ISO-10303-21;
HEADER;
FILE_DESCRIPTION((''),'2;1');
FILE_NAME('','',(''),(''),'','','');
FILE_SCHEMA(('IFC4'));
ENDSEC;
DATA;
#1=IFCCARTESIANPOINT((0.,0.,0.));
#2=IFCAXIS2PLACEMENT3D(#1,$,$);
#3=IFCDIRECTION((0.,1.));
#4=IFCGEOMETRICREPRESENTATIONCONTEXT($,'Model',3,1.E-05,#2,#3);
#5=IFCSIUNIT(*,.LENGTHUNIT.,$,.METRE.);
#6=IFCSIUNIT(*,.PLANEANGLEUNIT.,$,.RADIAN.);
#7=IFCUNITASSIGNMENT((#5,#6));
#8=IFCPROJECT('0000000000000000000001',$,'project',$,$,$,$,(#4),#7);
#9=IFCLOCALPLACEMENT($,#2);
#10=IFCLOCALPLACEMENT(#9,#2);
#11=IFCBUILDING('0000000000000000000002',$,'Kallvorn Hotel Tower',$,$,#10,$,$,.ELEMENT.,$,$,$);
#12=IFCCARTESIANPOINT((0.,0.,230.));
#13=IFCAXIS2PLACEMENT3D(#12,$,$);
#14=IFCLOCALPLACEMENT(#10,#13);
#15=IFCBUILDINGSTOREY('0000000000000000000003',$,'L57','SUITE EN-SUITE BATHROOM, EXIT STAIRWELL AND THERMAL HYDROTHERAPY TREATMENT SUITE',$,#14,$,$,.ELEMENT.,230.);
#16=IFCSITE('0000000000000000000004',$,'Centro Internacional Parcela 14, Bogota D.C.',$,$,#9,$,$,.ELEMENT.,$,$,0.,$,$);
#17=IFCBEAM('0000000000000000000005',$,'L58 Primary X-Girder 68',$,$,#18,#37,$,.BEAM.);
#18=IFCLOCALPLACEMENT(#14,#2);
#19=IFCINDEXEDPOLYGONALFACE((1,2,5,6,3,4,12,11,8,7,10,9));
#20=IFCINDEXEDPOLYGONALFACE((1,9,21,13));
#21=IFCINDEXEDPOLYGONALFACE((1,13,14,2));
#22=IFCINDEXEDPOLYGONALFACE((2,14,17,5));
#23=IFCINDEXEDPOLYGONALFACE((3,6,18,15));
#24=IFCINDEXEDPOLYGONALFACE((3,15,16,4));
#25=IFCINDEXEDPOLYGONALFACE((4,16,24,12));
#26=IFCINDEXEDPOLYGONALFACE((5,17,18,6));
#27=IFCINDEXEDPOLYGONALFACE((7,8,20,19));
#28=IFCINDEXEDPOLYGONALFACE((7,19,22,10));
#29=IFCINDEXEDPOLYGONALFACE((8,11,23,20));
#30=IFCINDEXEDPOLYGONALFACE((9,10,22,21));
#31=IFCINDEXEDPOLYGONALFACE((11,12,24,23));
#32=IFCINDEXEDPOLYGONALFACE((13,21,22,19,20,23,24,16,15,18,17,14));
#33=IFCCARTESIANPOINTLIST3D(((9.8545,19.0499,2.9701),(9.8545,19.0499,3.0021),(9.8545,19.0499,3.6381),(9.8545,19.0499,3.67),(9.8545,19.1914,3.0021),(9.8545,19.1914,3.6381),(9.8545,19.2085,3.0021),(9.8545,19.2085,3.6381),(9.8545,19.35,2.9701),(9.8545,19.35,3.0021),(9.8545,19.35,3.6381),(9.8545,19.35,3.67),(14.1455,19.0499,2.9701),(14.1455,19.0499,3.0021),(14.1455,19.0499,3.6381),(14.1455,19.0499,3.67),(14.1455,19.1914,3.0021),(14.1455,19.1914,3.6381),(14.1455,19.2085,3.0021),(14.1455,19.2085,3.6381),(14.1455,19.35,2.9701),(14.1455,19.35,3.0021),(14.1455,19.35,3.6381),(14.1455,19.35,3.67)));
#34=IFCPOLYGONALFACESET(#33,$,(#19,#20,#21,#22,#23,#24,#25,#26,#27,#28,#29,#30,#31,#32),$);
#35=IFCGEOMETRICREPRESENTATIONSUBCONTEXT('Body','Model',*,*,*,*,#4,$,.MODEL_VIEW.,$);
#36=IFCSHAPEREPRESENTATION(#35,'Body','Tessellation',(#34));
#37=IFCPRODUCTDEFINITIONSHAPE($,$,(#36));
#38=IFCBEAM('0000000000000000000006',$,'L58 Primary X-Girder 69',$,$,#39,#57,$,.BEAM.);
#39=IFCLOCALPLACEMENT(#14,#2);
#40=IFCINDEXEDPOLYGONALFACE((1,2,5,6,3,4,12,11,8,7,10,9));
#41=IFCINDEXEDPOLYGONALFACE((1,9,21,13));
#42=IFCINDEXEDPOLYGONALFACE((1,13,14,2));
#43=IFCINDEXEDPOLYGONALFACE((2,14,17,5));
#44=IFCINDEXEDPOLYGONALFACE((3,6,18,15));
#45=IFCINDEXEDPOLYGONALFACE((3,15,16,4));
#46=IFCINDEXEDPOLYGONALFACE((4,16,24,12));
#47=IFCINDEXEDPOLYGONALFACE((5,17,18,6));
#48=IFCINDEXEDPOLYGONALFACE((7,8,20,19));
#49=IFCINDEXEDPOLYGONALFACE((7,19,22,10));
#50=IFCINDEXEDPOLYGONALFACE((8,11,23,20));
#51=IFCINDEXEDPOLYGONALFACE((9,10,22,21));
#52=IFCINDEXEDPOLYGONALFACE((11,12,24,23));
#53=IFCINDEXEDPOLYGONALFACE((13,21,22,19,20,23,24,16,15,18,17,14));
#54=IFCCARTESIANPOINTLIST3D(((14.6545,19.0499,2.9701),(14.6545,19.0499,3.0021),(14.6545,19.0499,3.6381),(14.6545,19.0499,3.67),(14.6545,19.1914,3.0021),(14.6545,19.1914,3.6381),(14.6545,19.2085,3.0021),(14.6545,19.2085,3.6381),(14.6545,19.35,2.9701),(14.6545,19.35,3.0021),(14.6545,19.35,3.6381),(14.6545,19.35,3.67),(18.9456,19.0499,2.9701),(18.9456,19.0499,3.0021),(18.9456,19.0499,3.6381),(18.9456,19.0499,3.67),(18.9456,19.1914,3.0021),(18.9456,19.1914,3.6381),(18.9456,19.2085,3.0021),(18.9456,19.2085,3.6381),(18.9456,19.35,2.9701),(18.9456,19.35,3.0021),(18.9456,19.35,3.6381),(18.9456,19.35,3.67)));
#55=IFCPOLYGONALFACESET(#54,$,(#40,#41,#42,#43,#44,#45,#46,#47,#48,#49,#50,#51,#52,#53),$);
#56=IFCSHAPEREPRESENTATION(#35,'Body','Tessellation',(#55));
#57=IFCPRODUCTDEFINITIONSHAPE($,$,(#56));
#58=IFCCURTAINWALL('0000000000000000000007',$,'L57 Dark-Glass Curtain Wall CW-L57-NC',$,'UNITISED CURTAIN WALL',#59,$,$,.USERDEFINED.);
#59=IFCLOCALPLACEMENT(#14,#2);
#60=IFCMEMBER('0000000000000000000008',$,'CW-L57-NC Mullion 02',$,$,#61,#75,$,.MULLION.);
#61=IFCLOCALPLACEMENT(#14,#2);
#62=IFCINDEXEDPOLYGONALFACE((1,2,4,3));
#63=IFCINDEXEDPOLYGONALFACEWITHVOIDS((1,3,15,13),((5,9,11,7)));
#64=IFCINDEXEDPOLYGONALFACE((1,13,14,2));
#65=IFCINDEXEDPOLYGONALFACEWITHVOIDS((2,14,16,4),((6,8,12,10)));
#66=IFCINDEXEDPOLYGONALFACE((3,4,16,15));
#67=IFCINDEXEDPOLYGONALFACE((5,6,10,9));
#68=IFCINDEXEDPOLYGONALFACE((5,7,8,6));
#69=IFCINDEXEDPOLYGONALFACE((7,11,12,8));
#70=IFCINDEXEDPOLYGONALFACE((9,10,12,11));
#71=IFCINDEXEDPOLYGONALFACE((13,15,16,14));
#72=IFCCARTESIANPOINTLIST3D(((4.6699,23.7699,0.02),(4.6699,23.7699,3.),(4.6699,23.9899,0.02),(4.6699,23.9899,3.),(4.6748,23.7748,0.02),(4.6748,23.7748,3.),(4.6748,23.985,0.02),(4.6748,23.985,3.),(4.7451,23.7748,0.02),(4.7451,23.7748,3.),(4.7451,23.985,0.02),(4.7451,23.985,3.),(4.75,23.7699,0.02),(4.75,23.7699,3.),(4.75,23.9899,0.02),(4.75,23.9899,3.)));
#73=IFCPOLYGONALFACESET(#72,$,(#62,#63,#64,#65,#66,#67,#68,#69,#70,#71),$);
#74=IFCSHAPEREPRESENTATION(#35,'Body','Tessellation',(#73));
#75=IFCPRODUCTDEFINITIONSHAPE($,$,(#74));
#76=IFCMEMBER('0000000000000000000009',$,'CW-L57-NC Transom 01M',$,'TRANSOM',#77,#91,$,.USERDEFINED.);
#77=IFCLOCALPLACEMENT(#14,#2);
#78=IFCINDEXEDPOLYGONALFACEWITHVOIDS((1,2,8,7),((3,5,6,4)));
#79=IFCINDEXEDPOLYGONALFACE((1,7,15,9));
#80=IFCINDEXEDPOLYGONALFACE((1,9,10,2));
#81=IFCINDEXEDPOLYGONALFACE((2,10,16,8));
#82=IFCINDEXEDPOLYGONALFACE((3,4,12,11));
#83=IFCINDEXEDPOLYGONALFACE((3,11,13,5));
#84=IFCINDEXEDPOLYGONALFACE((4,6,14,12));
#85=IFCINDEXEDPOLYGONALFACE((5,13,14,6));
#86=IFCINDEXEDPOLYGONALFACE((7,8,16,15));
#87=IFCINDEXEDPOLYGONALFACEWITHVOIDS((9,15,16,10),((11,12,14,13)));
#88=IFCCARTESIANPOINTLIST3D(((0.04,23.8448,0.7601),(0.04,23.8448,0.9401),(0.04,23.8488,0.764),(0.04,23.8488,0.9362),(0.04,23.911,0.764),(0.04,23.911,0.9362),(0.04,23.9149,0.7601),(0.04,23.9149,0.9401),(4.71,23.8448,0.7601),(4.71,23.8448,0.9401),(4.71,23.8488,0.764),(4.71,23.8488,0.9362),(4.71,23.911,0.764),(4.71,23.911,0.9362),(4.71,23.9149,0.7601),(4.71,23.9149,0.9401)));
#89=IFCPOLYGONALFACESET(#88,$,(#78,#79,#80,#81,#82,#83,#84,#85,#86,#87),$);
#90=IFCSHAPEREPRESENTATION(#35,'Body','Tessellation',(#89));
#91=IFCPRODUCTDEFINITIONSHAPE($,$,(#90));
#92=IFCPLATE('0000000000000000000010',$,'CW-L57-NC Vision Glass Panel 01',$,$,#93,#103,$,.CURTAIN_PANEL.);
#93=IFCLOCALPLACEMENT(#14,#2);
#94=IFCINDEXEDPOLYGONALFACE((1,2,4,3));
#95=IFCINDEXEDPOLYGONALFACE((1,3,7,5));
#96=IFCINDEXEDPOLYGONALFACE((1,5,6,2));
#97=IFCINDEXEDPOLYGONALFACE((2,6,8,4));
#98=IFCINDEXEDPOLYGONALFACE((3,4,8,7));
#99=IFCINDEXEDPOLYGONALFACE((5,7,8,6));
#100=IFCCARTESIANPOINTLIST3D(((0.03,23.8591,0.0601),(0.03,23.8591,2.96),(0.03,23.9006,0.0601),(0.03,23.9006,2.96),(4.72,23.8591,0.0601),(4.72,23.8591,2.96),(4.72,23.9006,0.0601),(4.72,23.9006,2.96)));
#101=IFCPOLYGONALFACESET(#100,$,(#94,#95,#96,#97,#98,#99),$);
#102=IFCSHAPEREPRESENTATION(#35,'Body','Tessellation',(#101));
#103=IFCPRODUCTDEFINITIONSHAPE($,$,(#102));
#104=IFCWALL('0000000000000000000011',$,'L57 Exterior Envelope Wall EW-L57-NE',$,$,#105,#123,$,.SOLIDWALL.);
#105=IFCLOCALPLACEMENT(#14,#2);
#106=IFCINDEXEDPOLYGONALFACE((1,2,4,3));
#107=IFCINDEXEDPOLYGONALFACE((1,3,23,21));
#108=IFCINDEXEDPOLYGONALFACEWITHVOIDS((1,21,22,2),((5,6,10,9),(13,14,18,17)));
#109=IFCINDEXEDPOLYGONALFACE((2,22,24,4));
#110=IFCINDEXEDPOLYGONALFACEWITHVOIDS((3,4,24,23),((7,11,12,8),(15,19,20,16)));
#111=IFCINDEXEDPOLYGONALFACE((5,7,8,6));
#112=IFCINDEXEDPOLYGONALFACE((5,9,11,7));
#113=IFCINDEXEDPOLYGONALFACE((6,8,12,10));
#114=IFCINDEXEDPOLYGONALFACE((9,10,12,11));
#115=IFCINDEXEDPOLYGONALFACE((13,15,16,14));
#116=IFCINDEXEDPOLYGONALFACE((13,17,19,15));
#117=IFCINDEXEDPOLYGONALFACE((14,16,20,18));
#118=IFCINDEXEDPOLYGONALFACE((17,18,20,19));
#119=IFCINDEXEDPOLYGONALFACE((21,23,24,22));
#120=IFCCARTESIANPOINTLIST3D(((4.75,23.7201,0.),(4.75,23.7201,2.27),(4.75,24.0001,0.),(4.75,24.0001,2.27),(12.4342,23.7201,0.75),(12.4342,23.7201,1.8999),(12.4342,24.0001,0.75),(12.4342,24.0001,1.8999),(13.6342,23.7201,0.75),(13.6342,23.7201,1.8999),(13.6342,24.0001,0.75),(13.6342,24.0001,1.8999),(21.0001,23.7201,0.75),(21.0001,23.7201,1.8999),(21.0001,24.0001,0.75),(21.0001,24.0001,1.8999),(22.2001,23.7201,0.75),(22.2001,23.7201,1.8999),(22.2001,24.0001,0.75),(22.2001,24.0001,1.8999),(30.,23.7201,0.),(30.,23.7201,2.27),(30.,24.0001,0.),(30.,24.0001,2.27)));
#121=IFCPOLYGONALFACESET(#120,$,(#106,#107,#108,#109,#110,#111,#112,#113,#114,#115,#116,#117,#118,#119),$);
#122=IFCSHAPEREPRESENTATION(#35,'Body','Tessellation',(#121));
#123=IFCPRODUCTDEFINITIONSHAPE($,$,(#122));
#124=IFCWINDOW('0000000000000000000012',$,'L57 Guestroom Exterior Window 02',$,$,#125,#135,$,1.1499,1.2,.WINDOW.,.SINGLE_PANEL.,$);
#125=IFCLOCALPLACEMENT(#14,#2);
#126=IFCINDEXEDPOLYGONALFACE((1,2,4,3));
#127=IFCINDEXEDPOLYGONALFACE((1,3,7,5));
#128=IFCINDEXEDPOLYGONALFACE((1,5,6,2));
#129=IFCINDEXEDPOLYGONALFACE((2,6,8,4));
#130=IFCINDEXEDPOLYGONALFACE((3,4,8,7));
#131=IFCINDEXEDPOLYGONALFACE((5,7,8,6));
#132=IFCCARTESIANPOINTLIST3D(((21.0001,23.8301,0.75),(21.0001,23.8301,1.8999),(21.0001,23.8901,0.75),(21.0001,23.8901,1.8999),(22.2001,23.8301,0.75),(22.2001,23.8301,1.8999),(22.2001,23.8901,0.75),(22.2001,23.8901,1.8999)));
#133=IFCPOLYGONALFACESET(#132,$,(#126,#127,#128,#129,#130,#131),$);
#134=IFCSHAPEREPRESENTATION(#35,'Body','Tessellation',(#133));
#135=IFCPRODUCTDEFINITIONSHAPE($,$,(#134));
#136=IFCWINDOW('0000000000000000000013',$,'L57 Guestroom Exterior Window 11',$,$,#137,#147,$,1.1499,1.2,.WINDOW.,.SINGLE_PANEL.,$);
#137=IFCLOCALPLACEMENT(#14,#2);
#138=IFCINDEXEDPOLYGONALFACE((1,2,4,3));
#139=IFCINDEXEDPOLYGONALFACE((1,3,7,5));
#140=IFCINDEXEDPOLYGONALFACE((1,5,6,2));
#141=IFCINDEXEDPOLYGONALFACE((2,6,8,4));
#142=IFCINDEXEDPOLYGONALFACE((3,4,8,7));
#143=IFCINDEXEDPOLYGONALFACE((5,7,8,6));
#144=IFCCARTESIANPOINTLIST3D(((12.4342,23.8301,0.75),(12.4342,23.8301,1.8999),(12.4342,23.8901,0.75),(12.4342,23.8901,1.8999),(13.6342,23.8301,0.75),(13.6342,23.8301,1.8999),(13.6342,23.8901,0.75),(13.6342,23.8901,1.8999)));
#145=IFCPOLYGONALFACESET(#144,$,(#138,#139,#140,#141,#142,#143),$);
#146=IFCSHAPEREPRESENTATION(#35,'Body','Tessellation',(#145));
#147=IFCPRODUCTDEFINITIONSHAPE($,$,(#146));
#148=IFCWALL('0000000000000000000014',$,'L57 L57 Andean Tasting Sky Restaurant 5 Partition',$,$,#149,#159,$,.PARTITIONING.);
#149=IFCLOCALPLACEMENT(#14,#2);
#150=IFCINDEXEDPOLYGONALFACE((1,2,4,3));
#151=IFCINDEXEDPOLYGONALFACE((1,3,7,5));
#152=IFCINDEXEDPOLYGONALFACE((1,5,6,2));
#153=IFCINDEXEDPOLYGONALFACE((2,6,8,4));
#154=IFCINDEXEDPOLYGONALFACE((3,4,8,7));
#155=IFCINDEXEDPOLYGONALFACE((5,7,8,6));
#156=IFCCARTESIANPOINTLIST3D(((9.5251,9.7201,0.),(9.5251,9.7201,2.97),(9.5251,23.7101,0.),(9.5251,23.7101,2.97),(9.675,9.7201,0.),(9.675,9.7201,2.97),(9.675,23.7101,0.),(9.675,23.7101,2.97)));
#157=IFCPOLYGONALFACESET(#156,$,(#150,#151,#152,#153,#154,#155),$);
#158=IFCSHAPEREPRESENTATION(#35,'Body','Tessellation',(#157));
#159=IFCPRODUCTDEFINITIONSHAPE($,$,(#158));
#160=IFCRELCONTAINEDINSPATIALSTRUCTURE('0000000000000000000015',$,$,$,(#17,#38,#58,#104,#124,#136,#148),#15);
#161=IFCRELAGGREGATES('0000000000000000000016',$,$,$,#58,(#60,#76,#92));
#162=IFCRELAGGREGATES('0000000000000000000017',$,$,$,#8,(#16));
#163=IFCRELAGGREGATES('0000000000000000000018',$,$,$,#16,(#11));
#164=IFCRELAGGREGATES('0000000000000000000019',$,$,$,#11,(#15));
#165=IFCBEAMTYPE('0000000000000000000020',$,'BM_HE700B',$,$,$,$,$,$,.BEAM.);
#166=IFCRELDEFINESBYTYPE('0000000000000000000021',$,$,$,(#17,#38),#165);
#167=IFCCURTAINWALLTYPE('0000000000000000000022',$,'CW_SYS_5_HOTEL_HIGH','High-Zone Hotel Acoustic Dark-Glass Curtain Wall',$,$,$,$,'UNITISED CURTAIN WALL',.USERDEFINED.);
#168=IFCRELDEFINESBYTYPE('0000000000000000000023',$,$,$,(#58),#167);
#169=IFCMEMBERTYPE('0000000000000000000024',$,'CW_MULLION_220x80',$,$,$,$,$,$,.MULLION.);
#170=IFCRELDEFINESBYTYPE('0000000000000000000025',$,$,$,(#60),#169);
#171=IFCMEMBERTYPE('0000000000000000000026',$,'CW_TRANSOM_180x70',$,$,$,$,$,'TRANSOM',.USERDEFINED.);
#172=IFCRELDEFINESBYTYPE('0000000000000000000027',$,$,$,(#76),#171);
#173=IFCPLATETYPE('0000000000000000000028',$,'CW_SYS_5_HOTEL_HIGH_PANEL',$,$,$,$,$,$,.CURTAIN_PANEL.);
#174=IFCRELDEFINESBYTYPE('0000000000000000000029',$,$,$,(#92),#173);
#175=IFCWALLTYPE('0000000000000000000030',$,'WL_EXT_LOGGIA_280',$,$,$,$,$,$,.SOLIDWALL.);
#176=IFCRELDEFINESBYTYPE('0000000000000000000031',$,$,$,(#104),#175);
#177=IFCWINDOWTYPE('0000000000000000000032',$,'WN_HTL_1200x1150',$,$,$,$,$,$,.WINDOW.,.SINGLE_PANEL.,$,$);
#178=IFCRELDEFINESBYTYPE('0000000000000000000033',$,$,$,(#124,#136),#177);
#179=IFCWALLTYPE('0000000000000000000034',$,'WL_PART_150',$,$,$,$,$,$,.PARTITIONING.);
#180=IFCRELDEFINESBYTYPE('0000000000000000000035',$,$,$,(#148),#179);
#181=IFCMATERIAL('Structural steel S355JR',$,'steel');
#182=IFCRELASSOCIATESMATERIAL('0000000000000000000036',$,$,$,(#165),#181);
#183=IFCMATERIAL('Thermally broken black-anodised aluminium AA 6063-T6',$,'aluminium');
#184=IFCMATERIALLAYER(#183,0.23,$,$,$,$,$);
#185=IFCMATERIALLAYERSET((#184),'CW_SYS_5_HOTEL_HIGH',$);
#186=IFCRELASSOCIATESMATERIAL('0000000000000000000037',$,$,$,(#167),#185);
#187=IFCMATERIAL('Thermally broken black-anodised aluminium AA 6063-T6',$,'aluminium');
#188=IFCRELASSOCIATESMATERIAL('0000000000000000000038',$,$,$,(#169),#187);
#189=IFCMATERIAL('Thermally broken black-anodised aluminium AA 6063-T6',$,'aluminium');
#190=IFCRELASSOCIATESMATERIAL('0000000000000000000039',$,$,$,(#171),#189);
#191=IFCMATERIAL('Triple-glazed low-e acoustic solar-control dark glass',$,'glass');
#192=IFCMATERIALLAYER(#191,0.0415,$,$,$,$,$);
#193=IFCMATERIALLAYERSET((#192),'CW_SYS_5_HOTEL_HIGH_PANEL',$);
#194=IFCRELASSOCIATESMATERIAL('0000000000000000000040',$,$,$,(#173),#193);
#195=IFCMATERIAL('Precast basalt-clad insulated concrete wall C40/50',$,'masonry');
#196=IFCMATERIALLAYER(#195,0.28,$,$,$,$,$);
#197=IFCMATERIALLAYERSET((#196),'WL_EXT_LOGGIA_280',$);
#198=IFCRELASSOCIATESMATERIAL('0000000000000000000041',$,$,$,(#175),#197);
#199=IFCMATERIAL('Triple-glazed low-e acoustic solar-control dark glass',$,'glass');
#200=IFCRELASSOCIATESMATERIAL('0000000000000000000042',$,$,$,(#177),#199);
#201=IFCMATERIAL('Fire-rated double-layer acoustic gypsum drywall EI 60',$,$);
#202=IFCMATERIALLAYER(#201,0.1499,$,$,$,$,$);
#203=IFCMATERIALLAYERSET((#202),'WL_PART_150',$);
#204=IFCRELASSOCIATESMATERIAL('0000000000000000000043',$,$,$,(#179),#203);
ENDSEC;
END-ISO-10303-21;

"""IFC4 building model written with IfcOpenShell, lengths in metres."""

from ifc_helpers import new_model, si_unit, direction, frame, frame_2d, origin, origin_2d, place, context, subcontext, project, spatial, rectangle, hollow_rectangle, i_section, extrude, material, layer, layer_set, material_profile, profile_set, type_object, element, fill, aggregate, save


model = new_model("IFC4")

# Units and contexts
model_context = context("Model", 3, precision=1e-05, world=origin(), true_north=direction((0.0, 1.0)))
body_context = subcontext(model_context, "Body", "Model", "MODEL_VIEW")
ifc_project = project(units=[si_unit("LENGTHUNIT", "METRE"), si_unit("PLANEANGLEUNIT", "RADIAN")], contexts=[model_context])

# Site, building, storey
site_placement = place(None, origin())
site = spatial("IfcSite", under=ifc_project, at=site_placement, Name="Centro Internacional Parcela 14, Bogota D.C.", CompositionType="ELEMENT", RefElevation=0.0)
building_placement = place(site_placement, origin())
building = spatial("IfcBuilding", under=site, at=building_placement, Name="Kallvorn Hotel Tower", CompositionType="ELEMENT")
storey_placement = place(building_placement, frame((0.0, 0.0, 230.0)))
storey = spatial("IfcBuildingStorey", under=building, at=storey_placement, Name="L57", Description="SUITE EN-SUITE BATHROOM, EXIT STAIRWELL AND THERMAL HYDROTHERAPY TREATMENT SUITE", CompositionType="ELEMENT", Elevation=230.0)

# Beams
ifc_material_1 = material(Name="Structural steel S355JR", Category="steel")
ifc_material_profile_1 = material_profile(ifc_material_1, i_section(OverallWidth=0.3, OverallDepth=0.7, WebThickness=0.0171, FlangeThickness=0.032, at=origin_2d()), Name="HE 700 B")
ifc_profile_set_1 = profile_set([ifc_material_profile_1], Name="Structural steel S355JR")
beam_type_1 = type_object("IfcBeamType", Name="BM_HE700B", PredefinedType="BEAM", material=ifc_profile_set_1)
for number, where, z_axis, x_axis, name in (
    (1, (9.8545, 19.2, 3.3201), (1.0, 0.0, 0.0), (0.0, 1.0, 0.0), "L58 Primary X-Girder 68"),
    (2, (14.6545, 19.2, 3.3201), (1.0, 0.0, 0.0), (0.0, 1.0, 0.0), "L58 Primary X-Girder 69"),
):
    element("IfcBeam", number, at=place(storey_placement, frame(where, z_axis=z_axis, x_axis=x_axis)), inside=storey, type_object=beam_type_1, Name=name, PredefinedType="BEAM", context=body_context, shape_type="SweptSolid", body=[
        extrude(i_section(OverallWidth=0.3, OverallDepth=0.7, WebThickness=0.0171, FlangeThickness=0.032, at=origin_2d()), origin(), (0.0, 0.0, 1.0), 4.291),
    ])

# Curtain wall, members, plate
ifc_material_2 = material(Name="Thermally broken black-anodised aluminium AA 6063-T6", Category="aluminium")
ifc_layer_1 = layer(ifc_material_2, 0.23)
ifc_layer_set_1 = layer_set([ifc_layer_1], Name="CW_SYS_5_HOTEL_HIGH")
curtain_wall_type = type_object("IfcCurtainWallType", Name="CW_SYS_5_HOTEL_HIGH", Description="High-Zone Hotel Acoustic Dark-Glass Curtain Wall", ElementType="UNITISED CURTAIN WALL", PredefinedType="USERDEFINED", material=ifc_layer_set_1)
curtain_wall_placement = place(storey_placement, origin())
curtain_wall = element("IfcCurtainWall", 3, at=curtain_wall_placement, inside=storey, type_object=curtain_wall_type, Name="L57 Dark-Glass Curtain Wall CW-L57-NC", ObjectType="UNITISED CURTAIN WALL", PredefinedType="USERDEFINED")
ifc_material_3 = material(Name="Thermally broken black-anodised aluminium AA 6063-T6", Category="aluminium")
ifc_material_profile_2 = material_profile(ifc_material_3, hollow_rectangle(XDim=0.0801, YDim=0.22, WallThickness=0.0049, at=origin_2d()), Name="MUL 220x80")
ifc_profile_set_2 = profile_set([ifc_material_profile_2], Name="Thermally broken black-anodised aluminium AA 6063-T6")
member_type_1 = type_object("IfcMemberType", Name="CW_MULLION_220x80", PredefinedType="MULLION", material=ifc_profile_set_2)
member_1_placement = place(storey_placement, frame((4.71, 23.8799, 0.02), z_axis=(0.0, 0.0, 1.0), x_axis=(1.0, 0.0, 0.0)))
member_1 = element("IfcMember", 4, at=member_1_placement, type_object=member_type_1, Name="CW-L57-NC Mullion 02", PredefinedType="MULLION", context=body_context, shape_type="SweptSolid", body=[
    extrude(hollow_rectangle(XDim=0.0801, YDim=0.22, WallThickness=0.0049, at=origin_2d()), origin(), (0.0, 0.0, 1.0), 2.98),
])
ifc_material_4 = material(Name="Thermally broken black-anodised aluminium AA 6063-T6", Category="aluminium")
ifc_material_profile_3 = material_profile(ifc_material_4, hollow_rectangle(XDim=0.0701, YDim=0.1799, WallThickness=0.0039, at=origin_2d()), Name="TRN 180x70")
ifc_profile_set_3 = profile_set([ifc_material_profile_3], Name="Thermally broken black-anodised aluminium AA 6063-T6")
member_type_2 = type_object("IfcMemberType", Name="CW_TRANSOM_180x70", ElementType="TRANSOM", PredefinedType="USERDEFINED", material=ifc_profile_set_3)
member_2_placement = place(storey_placement, frame((0.04, 23.8799, 0.8501), z_axis=(1.0, 0.0, 0.0), x_axis=(0.0, 1.0, 0.0)))
member_2 = element("IfcMember", 5, at=member_2_placement, type_object=member_type_2, Name="CW-L57-NC Transom 01M", ObjectType="TRANSOM", PredefinedType="USERDEFINED", context=body_context, shape_type="SweptSolid", body=[
    extrude(hollow_rectangle(XDim=0.0701, YDim=0.1799, WallThickness=0.0039, at=origin_2d()), origin(), (0.0, 0.0, 1.0), 4.6699),
])
ifc_material_5 = material(Name="Triple-glazed low-e acoustic solar-control dark glass", Category="glass")
ifc_layer_2 = layer(ifc_material_5, 0.0415)
ifc_layer_set_2 = layer_set([ifc_layer_2], Name="CW_SYS_5_HOTEL_HIGH_PANEL")
plate_type = type_object("IfcPlateType", Name="CW_SYS_5_HOTEL_HIGH_PANEL", PredefinedType="CURTAIN_PANEL", material=ifc_layer_set_2)
plate_placement = place(storey_placement, frame((2.375, 23.8799, 0.0601), z_axis=(0.0, 0.0, 1.0), x_axis=(1.0, 0.0, 0.0)))
plate = element("IfcPlate", 6, at=plate_placement, type_object=plate_type, Name="CW-L57-NC Vision Glass Panel 01", PredefinedType="CURTAIN_PANEL", context=body_context, shape_type="SweptSolid", body=[
    extrude(rectangle(XDim=4.6899, YDim=0.0415, at=origin_2d()), origin(), (0.0, 0.0, 1.0), 2.8999),
])
aggregate(curtain_wall, [member_1, member_2, plate])

# Wall, openings, windows
ifc_material_6 = material(Name="Precast basalt-clad insulated concrete wall C40/50", Category="masonry")
ifc_layer_3 = layer(ifc_material_6, 0.28)
ifc_layer_set_3 = layer_set([ifc_layer_3], Name="WL_EXT_LOGGIA_280")
wall_type_1 = type_object("IfcWallType", Name="WL_EXT_LOGGIA_280", PredefinedType="SOLIDWALL", material=ifc_layer_set_3)
wall_1_placement = place(storey_placement, frame((4.75, 23.8601, 0.0), z_axis=(0.0, 0.0, 1.0), x_axis=(1.0, 0.0, 0.0)))
wall_1 = element("IfcWall", 7, at=wall_1_placement, inside=storey, type_object=wall_type_1, Name="L57 Exterior Envelope Wall EW-L57-NE", PredefinedType="SOLIDWALL", context=body_context, shape_type="SweptSolid", body=[
    extrude(rectangle(XDim=25.25, YDim=0.28, at=frame_2d((12.625, 0.0))), origin(), (0.0, 0.0, 1.0), 2.27),
])
opening_1_placement = place(wall_1_placement, frame((16.25, 0.0, 0.75)))
opening_1 = element("IfcOpeningElement", 8, at=opening_1_placement, cuts=wall_1, PredefinedType="OPENING", context=body_context, shape_type="SweptSolid", body=[
    extrude(rectangle(XDim=1.2, YDim=1.1499, at=frame_2d((0.6001, 0.575))), frame((0.0, 0.155, 0.0), z_axis=(0.0, -1.0, 0.0), x_axis=(1.0, 0.0, 0.0)), (0.0, 0.0, 1.0), 0.3101),
])
opening_2_placement = place(wall_1_placement, frame((7.6841, 0.0, 0.75)))
opening_2 = element("IfcOpeningElement", 9, at=opening_2_placement, cuts=wall_1, PredefinedType="OPENING", context=body_context, shape_type="SweptSolid", body=[
    extrude(rectangle(XDim=1.2, YDim=1.1499, at=frame_2d((0.6001, 0.575))), frame((0.0, 0.155, 0.0), z_axis=(0.0, -1.0, 0.0), x_axis=(1.0, 0.0, 0.0)), (0.0, 0.0, 1.0), 0.3101),
])
ifc_material_7 = material(Name="Triple-glazed low-e acoustic solar-control dark glass", Category="glass")
window_type = type_object("IfcWindowType", Name="WN_HTL_1200x1150", PartitioningType="SINGLE_PANEL", PredefinedType="WINDOW", material=ifc_material_7)
window_1_placement = place(opening_1_placement, origin())
window_1 = element("IfcWindow", 10, at=window_1_placement, inside=storey, type_object=window_type, Name="L57 Guestroom Exterior Window 02", OverallHeight=1.1499, OverallWidth=1.2, PartitioningType="SINGLE_PANEL", PredefinedType="WINDOW", context=body_context, shape_type="SweptSolid", body=[
    extrude(rectangle(XDim=1.2, YDim=1.1499, at=frame_2d((0.6001, 0.575))), frame((0.0, 0.03, 0.0), z_axis=(0.0, -1.0, 0.0), x_axis=(1.0, 0.0, 0.0)), (0.0, 0.0, 1.0), 0.0601),
])
fill(opening_1, window_1)
window_2_placement = place(opening_2_placement, origin())
window_2 = element("IfcWindow", 11, at=window_2_placement, inside=storey, type_object=window_type, Name="L57 Guestroom Exterior Window 11", OverallHeight=1.1499, OverallWidth=1.2, PartitioningType="SINGLE_PANEL", PredefinedType="WINDOW", context=body_context, shape_type="SweptSolid", body=[
    extrude(rectangle(XDim=1.2, YDim=1.1499, at=frame_2d((0.6001, 0.575))), frame((0.0, 0.03, 0.0), z_axis=(0.0, -1.0, 0.0), x_axis=(1.0, 0.0, 0.0)), (0.0, 0.0, 1.0), 0.0601),
])
fill(opening_2, window_2)

# Wall
ifc_material_8 = material(Name="Fire-rated double-layer acoustic gypsum drywall EI 60")
ifc_layer_4 = layer(ifc_material_8, 0.1499)
ifc_layer_set_4 = layer_set([ifc_layer_4], Name="WL_PART_150")
wall_type_2 = type_object("IfcWallType", Name="WL_PART_150", PredefinedType="PARTITIONING", material=ifc_layer_set_4)
wall_2_placement = place(storey_placement, frame((9.6001, 9.72, 0.0), z_axis=(0.0, 0.0, 1.0), x_axis=(0.0, 1.0, 0.0)))
element("IfcWall", 12, at=wall_2_placement, inside=storey, type_object=wall_type_2, Name="L57 L57 Andean Tasting Sky Restaurant 5 Partition", PredefinedType="PARTITIONING", context=body_context, shape_type="SweptSolid", body=[
    extrude(rectangle(XDim=13.99, YDim=0.1499, at=frame_2d((6.9951, 0.0))), origin(), (0.0, 0.0, 1.0), 2.97),
])

save(model, "model.ifc")
